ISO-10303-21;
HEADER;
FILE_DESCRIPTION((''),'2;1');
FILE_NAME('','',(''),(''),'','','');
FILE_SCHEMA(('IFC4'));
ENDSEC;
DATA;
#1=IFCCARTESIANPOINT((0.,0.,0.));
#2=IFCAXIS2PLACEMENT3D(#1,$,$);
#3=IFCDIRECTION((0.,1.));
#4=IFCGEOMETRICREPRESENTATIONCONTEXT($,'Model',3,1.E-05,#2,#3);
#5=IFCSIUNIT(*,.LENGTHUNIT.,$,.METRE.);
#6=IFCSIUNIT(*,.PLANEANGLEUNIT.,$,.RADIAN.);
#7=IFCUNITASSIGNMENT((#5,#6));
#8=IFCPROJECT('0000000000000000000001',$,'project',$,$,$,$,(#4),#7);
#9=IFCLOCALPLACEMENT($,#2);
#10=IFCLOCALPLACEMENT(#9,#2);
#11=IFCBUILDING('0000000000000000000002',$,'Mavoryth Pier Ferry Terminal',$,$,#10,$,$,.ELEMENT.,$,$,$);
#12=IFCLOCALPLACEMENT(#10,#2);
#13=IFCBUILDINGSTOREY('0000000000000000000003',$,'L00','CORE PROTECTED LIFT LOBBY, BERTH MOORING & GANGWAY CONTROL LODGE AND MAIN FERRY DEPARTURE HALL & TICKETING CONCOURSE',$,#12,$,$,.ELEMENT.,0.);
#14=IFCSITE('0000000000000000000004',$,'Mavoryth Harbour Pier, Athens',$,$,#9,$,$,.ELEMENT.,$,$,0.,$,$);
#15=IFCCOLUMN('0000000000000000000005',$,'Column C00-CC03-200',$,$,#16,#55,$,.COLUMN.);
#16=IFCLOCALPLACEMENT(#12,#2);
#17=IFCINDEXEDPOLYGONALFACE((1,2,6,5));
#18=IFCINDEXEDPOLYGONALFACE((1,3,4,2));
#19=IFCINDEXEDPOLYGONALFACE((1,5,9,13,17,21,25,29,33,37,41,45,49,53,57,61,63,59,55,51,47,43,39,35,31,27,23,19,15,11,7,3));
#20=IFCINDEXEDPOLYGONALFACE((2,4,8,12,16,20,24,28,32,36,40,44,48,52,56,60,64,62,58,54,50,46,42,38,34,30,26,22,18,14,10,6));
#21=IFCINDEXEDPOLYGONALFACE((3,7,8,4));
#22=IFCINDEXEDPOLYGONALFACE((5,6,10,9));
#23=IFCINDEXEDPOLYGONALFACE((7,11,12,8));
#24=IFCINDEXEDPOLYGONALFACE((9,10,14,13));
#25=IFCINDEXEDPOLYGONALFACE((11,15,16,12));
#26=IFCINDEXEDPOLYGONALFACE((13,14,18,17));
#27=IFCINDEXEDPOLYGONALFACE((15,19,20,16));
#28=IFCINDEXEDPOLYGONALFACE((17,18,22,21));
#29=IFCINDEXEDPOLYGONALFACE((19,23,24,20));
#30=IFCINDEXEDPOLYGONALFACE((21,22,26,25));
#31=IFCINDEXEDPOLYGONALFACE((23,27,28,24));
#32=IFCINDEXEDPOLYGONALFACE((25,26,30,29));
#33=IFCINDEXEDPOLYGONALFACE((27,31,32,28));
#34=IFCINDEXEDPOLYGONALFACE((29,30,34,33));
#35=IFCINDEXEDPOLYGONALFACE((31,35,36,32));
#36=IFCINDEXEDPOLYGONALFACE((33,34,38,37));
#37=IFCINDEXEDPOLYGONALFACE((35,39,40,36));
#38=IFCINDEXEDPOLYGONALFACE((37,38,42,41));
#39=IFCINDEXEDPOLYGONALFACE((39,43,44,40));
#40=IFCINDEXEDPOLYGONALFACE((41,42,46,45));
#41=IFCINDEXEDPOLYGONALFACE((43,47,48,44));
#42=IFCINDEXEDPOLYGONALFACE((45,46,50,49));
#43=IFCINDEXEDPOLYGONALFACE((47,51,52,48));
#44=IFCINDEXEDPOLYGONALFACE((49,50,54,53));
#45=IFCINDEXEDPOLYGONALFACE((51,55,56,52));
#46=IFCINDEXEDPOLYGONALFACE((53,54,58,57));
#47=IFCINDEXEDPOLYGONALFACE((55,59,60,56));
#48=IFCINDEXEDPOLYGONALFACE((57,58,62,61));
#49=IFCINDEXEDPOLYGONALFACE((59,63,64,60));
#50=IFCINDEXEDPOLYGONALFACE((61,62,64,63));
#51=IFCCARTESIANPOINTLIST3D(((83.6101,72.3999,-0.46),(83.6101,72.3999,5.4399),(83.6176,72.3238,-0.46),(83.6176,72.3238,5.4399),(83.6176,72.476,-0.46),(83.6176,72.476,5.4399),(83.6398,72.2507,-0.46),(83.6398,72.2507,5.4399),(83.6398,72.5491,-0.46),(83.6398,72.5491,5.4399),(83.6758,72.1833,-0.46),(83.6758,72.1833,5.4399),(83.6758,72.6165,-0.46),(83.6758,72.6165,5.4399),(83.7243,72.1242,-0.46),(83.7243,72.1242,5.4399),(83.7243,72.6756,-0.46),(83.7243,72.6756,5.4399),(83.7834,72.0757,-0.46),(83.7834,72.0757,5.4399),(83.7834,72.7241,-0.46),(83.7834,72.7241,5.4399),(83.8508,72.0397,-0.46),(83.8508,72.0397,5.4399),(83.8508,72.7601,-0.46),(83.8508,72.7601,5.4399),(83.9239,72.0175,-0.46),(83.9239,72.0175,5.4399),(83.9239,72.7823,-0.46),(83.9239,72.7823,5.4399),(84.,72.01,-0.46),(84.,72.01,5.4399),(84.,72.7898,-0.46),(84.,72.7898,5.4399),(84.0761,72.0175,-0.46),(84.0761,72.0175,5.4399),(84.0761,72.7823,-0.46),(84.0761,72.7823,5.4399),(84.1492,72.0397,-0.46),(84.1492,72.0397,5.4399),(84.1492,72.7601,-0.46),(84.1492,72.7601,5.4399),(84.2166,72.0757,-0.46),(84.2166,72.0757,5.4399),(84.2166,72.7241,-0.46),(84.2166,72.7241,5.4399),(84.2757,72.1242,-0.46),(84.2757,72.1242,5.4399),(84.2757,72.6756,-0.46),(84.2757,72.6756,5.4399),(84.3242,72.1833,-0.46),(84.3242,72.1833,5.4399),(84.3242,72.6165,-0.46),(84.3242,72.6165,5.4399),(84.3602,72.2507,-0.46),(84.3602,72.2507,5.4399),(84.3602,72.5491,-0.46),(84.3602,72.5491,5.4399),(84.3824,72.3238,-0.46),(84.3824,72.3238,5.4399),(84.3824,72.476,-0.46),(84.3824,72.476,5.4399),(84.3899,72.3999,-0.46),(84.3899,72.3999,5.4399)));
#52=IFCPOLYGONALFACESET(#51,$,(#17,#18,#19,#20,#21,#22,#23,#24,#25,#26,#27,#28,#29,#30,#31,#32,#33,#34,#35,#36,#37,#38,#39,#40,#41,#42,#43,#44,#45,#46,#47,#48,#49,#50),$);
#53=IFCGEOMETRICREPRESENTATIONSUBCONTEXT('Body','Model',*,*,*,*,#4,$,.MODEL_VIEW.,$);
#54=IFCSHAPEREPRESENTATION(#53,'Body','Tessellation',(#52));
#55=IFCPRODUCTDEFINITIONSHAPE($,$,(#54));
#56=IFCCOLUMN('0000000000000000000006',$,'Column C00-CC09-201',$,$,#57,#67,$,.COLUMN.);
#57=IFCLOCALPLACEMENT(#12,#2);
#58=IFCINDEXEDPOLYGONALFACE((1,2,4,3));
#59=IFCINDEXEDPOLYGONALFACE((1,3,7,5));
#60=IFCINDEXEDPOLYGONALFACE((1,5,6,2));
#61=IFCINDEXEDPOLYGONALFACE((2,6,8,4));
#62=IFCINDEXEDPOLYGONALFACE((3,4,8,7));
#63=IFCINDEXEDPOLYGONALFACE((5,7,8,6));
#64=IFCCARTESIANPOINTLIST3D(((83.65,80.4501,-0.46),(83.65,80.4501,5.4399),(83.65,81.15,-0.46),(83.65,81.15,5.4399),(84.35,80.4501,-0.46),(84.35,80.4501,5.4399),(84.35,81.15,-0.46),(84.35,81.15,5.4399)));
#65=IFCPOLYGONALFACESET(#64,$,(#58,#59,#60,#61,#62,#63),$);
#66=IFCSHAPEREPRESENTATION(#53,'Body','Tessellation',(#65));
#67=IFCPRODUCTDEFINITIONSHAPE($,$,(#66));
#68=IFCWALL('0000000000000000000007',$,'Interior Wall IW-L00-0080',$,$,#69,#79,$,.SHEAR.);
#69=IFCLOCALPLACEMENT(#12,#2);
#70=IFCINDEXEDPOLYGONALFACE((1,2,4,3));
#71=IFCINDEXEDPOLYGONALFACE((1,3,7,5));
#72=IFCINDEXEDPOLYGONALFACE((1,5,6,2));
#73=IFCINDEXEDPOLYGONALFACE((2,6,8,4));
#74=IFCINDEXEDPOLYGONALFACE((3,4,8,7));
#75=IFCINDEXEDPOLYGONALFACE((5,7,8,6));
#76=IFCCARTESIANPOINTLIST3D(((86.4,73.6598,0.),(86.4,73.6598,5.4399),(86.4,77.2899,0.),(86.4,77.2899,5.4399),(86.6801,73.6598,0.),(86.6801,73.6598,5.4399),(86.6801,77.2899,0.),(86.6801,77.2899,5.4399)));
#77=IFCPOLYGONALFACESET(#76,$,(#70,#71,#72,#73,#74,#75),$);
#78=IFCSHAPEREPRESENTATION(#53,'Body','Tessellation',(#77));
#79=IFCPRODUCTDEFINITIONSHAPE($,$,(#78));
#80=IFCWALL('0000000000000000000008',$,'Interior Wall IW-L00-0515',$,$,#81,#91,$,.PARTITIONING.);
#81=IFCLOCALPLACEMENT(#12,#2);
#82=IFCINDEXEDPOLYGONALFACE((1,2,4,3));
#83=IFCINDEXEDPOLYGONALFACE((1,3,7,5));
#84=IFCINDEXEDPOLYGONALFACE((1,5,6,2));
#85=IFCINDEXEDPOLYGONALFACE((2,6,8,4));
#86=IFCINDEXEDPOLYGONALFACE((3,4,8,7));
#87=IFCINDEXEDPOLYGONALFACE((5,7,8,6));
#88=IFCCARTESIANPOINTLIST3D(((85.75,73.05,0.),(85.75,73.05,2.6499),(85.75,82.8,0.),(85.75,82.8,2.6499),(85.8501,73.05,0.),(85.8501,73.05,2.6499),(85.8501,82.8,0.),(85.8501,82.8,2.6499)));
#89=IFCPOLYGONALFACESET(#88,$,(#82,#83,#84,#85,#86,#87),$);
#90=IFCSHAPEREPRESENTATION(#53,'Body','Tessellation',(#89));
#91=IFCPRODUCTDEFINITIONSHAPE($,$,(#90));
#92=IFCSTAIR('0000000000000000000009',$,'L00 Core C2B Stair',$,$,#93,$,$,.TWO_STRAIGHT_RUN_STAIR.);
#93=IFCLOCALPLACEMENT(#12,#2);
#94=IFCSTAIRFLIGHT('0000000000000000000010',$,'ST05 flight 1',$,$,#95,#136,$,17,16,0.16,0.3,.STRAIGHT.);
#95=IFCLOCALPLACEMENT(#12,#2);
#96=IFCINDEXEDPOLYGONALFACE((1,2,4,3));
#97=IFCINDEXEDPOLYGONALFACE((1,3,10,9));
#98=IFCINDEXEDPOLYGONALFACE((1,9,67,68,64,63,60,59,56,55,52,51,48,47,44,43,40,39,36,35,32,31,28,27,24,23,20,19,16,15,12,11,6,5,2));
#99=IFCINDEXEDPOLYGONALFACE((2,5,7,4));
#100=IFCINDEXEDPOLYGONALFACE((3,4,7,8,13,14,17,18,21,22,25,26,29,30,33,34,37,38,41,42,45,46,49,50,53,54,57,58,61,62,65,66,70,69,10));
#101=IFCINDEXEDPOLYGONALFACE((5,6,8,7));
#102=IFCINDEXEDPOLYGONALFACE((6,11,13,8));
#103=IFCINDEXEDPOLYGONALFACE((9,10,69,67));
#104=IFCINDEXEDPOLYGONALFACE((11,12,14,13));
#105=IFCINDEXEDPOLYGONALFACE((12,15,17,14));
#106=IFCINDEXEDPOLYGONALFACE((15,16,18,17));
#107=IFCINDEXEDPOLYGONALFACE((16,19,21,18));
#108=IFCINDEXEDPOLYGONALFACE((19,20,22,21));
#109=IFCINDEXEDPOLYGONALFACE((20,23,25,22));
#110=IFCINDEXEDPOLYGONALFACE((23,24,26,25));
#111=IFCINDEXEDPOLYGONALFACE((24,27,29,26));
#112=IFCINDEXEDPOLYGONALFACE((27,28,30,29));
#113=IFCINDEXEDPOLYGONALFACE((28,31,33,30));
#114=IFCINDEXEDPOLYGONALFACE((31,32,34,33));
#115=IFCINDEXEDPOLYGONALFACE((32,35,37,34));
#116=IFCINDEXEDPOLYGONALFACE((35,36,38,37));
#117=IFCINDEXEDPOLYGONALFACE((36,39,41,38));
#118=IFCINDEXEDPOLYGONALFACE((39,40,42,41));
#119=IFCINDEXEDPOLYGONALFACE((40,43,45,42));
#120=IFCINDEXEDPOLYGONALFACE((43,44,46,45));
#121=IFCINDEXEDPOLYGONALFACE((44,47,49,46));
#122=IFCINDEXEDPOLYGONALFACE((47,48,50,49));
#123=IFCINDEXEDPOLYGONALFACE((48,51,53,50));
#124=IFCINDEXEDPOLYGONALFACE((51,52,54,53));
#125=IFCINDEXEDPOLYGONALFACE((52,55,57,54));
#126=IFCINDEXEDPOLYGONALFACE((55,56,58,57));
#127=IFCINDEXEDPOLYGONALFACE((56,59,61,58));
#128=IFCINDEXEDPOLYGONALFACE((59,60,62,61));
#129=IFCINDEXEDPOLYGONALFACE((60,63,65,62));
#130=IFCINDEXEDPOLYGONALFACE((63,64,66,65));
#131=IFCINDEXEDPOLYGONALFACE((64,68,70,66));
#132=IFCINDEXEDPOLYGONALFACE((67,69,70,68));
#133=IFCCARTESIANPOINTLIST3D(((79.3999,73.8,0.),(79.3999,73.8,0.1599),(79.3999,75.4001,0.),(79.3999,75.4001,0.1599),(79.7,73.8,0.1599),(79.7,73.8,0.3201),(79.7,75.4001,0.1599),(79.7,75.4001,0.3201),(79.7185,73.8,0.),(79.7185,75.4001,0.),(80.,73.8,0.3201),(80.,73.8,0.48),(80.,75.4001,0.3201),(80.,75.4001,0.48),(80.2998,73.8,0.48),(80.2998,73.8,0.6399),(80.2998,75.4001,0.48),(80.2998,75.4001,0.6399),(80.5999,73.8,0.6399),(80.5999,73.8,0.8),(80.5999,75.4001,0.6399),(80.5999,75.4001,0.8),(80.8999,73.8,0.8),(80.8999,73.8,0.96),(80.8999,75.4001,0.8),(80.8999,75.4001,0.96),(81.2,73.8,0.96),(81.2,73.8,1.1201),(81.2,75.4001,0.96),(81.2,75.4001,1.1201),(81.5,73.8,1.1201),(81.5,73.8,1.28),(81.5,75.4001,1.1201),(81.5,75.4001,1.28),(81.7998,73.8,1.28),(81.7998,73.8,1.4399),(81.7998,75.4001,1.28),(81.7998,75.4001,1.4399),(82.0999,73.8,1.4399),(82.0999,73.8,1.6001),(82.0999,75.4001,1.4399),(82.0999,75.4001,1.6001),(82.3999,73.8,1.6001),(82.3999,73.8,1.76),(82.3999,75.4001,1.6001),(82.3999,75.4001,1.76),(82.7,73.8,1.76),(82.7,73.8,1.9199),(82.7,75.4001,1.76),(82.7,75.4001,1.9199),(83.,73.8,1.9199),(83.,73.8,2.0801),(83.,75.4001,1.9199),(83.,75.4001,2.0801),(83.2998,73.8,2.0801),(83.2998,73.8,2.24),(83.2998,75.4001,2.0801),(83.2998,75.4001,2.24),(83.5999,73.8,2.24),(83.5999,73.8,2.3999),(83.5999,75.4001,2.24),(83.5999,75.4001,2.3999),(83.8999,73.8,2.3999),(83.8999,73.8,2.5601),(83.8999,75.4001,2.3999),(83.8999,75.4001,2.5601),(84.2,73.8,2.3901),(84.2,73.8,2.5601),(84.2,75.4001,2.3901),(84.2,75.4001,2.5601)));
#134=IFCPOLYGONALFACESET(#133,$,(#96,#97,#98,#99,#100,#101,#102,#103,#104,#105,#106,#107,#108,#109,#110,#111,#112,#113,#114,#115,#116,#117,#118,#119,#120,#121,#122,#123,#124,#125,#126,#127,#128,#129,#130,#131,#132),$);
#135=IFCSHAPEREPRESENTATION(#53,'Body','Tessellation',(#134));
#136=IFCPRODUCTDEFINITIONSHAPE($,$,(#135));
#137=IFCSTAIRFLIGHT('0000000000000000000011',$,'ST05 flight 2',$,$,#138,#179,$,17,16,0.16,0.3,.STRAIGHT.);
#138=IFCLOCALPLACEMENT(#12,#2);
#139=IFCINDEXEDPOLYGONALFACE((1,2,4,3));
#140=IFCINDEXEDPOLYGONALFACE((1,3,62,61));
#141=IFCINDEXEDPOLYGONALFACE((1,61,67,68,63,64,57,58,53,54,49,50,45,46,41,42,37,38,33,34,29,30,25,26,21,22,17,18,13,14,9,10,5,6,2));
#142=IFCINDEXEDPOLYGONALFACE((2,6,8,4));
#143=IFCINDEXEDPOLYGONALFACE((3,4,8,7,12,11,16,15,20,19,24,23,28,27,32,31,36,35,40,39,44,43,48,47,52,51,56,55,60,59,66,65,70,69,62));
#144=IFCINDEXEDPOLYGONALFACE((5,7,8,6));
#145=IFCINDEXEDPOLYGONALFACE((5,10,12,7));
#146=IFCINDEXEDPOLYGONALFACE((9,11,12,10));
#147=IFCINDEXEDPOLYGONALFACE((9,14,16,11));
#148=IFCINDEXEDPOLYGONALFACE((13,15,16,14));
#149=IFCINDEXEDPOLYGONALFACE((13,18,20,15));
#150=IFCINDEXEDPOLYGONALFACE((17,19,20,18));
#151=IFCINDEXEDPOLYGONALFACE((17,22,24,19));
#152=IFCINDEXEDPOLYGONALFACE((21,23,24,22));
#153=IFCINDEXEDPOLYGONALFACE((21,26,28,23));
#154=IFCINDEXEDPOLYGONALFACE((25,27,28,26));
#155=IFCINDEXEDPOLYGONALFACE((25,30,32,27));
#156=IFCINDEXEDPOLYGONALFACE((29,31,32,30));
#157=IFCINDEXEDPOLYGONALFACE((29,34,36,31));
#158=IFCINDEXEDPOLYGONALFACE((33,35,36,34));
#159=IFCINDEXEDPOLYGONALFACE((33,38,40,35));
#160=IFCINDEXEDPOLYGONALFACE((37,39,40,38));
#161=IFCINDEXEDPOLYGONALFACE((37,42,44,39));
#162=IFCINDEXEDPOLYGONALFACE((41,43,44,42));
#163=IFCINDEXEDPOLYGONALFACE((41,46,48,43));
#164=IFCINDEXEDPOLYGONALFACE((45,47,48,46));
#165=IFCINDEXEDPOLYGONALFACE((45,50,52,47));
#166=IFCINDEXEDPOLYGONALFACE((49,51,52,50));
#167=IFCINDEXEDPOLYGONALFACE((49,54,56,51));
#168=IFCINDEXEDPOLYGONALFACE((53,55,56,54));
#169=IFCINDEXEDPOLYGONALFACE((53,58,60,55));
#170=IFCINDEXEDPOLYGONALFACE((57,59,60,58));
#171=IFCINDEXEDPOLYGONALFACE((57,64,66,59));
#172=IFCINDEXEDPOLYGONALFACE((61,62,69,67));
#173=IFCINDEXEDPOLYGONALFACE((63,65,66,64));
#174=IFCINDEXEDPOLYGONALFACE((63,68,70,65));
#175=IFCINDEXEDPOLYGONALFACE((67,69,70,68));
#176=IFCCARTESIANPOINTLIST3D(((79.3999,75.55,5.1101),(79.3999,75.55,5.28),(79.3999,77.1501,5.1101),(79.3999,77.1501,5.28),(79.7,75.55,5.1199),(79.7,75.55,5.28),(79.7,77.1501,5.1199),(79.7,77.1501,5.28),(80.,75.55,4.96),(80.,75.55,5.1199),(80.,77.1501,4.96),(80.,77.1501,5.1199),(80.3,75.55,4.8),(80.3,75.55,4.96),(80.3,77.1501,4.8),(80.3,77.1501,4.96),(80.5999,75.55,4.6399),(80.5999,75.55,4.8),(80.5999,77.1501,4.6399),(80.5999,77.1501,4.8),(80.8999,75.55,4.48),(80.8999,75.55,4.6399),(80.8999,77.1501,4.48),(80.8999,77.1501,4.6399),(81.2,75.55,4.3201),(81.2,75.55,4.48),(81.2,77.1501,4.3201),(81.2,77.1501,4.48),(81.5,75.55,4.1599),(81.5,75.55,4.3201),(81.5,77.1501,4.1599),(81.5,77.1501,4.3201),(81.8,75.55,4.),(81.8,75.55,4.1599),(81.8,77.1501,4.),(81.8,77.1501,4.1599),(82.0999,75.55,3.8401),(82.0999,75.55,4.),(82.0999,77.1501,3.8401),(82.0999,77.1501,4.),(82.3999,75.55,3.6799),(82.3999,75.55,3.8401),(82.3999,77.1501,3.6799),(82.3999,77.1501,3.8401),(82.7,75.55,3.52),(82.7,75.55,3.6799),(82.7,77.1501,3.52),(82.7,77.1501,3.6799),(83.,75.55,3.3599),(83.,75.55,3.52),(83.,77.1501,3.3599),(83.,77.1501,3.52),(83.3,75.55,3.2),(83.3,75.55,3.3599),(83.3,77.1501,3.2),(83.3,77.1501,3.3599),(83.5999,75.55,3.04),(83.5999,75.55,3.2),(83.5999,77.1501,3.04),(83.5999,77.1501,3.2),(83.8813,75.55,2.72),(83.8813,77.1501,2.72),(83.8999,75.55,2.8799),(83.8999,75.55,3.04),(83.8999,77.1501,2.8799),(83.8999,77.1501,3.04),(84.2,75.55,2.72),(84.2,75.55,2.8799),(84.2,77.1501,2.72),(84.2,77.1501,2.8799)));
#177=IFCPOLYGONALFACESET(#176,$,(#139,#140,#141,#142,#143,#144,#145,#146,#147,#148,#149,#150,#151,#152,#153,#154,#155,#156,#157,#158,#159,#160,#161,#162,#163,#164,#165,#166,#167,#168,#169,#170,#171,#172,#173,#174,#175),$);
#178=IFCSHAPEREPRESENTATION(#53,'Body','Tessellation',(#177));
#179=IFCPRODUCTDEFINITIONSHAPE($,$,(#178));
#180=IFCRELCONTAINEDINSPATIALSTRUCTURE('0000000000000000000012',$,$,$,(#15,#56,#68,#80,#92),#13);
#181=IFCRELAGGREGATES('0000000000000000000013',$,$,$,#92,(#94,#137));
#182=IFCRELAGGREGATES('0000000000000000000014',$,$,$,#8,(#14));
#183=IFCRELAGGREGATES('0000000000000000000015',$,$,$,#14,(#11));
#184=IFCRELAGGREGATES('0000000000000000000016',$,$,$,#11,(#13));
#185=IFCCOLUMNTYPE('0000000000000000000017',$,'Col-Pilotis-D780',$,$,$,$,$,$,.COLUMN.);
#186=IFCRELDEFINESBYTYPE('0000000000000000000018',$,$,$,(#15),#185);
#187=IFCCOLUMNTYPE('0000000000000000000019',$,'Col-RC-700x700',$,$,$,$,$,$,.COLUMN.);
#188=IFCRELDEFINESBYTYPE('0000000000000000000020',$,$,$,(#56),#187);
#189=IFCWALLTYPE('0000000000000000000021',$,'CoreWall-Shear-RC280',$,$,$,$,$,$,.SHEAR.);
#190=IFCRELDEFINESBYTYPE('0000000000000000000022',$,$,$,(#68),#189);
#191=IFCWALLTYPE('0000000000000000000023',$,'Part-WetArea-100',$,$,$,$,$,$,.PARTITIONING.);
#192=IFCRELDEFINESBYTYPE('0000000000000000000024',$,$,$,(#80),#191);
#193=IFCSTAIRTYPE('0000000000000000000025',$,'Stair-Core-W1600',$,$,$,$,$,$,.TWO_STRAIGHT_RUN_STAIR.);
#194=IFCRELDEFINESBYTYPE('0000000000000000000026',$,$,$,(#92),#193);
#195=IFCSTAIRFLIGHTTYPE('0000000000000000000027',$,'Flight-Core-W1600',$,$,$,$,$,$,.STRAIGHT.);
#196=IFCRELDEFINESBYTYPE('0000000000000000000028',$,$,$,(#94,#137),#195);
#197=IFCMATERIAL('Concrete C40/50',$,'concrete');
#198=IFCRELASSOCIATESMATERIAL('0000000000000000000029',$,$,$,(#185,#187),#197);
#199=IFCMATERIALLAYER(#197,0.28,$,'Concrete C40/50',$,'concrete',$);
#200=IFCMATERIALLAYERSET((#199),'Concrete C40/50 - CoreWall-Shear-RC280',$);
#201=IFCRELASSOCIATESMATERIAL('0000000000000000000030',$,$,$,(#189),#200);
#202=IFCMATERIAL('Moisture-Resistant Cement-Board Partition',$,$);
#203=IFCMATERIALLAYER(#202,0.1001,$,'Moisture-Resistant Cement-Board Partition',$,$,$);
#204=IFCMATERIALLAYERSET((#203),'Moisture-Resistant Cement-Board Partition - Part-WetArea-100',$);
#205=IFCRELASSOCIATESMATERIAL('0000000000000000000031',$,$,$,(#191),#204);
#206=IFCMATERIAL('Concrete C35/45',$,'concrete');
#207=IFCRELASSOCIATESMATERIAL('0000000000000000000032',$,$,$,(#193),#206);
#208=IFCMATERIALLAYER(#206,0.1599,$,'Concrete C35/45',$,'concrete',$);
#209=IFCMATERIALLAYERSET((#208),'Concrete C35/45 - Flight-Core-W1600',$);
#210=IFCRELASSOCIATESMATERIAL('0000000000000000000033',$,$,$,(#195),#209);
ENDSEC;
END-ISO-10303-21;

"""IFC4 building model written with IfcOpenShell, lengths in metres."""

from ifc_helpers import new_model, si_unit, direction, frame, frame_2d, origin, origin_2d, place, context, subcontext, project, spatial, polyline, rectangle, circle, outline, extrude, material, layer, layer_set, material_profile, profile_set, type_object, element, aggregate, save


model = new_model("IFC4")

# Units and contexts
model_context = context("Model", 3, precision=1e-05, world=origin(), true_north=direction((0.0, 1.0)))
body_context = subcontext(model_context, "Body", "Model", "MODEL_VIEW")
ifc_project = project(units=[si_unit("LENGTHUNIT", "METRE"), si_unit("PLANEANGLEUNIT", "RADIAN")], contexts=[model_context])

# Site, building, storey
site_placement = place(None, origin())
site = spatial("IfcSite", under=ifc_project, at=site_placement, Name="Mavoryth Harbour Pier, Athens", CompositionType="ELEMENT", RefElevation=0.0)
building_placement = place(site_placement, origin())
building = spatial("IfcBuilding", under=site, at=building_placement, Name="Mavoryth Pier Ferry Terminal", CompositionType="ELEMENT")
storey_placement = place(building_placement, origin())
storey = spatial("IfcBuildingStorey", under=building, at=storey_placement, Name="L00", Description="CORE PROTECTED LIFT LOBBY, BERTH MOORING & GANGWAY CONTROL LODGE AND MAIN FERRY DEPARTURE HALL & TICKETING CONCOURSE", CompositionType="ELEMENT", Elevation=0.0)

# Shared definitions
ifc_material_1 = material(Name="Concrete C35/45", Category="concrete")

# Columns
ifc_material_2 = material(Name="Concrete C40/50", Category="concrete")
ifc_material_profile_1 = material_profile(ifc_material_2, circle(Radius=0.3899, at=origin_2d()), Name="RC D780", Category="concrete")
ifc_profile_set_1 = profile_set([ifc_material_profile_1], Name="Concrete C40/50 - RC D780")
column_type_1 = type_object("IfcColumnType", Name="Col-Pilotis-D780", PredefinedType="COLUMN", material=ifc_profile_set_1)
column_1_placement = place(storey_placement, frame((84.0, 72.3999, -0.46), z_axis=(0.0, 0.0, 1.0), x_axis=(1.0, 0.0, 0.0)))
element("IfcColumn", 1, at=column_1_placement, inside=storey, type_object=column_type_1, Name="Column C00-CC03-200", PredefinedType="COLUMN", context=body_context, shape_type="SweptSolid", body=[
    extrude(circle(Radius=0.3899, at=origin_2d()), origin(), (0.0, 0.0, 1.0), 5.8999),
])
ifc_material_profile_2 = material_profile(ifc_material_2, rectangle(XDim=0.7, YDim=0.7, at=origin_2d()), Name="RC 700x700", Category="concrete")
ifc_profile_set_2 = profile_set([ifc_material_profile_2], Name="Concrete C40/50 - RC 700x700")
column_type_2 = type_object("IfcColumnType", Name="Col-RC-700x700", PredefinedType="COLUMN", material=ifc_profile_set_2)
column_2_placement = place(storey_placement, frame((84.0, 80.8, -0.46), z_axis=(0.0, 0.0, 1.0), x_axis=(1.0, 0.0, 0.0)))
element("IfcColumn", 2, at=column_2_placement, inside=storey, type_object=column_type_2, Name="Column C00-CC09-201", PredefinedType="COLUMN", context=body_context, shape_type="SweptSolid", body=[
    extrude(rectangle(XDim=0.7, YDim=0.7, at=origin_2d()), origin(), (0.0, 0.0, 1.0), 5.8999),
])

# Wall
ifc_layer_1 = layer(ifc_material_2, 0.28, Name="Concrete C40/50", Category="concrete")
ifc_layer_set_1 = layer_set([ifc_layer_1], Name="Concrete C40/50 - CoreWall-Shear-RC280")
wall_type_1 = type_object("IfcWallType", Name="CoreWall-Shear-RC280", PredefinedType="SHEAR", material=ifc_layer_set_1)
wall_1_placement = place(storey_placement, frame((86.54, 73.6599, 0.0), z_axis=(0.0, 0.0, 1.0), x_axis=(0.0, 1.0, 0.0)))
element("IfcWall", 3, at=wall_1_placement, inside=storey, type_object=wall_type_1, Name="Interior Wall IW-L00-0080", PredefinedType="SHEAR", context=body_context, shape_type="SweptSolid", body=[
    extrude(rectangle(XDim=3.6301, YDim=0.28, at=frame_2d((1.8149, 0.0))), origin(), (0.0, 0.0, 1.0), 5.4399),
])

# Wall
ifc_material_3 = material(Name="Moisture-Resistant Cement-Board Partition")
ifc_layer_2 = layer(ifc_material_3, 0.1001, Name="Moisture-Resistant Cement-Board Partition")
ifc_layer_set_2 = layer_set([ifc_layer_2], Name="Moisture-Resistant Cement-Board Partition - Part-WetArea-100")
wall_type_2 = type_object("IfcWallType", Name="Part-WetArea-100", PredefinedType="PARTITIONING", material=ifc_layer_set_2)
wall_2_placement = place(storey_placement, frame((85.8, 73.05, 0.0), z_axis=(0.0, 0.0, 1.0), x_axis=(0.0, 1.0, 0.0)))
element("IfcWall", 4, at=wall_2_placement, inside=storey, type_object=wall_type_2, Name="Interior Wall IW-L00-0515", PredefinedType="PARTITIONING", context=body_context, shape_type="SweptSolid", body=[
    extrude(rectangle(XDim=9.75, YDim=0.1001, at=frame_2d((4.875, 0.0))), origin(), (0.0, 0.0, 1.0), 2.6499),
])

# Stair, stair flights
stair_type = type_object("IfcStairType", Name="Stair-Core-W1600", PredefinedType="TWO_STRAIGHT_RUN_STAIR", material=ifc_material_1)
stair_placement = place(storey_placement, origin())
stair = element("IfcStair", 5, at=stair_placement, inside=storey, type_object=stair_type, Name="L00 Core C2B Stair", PredefinedType="TWO_STRAIGHT_RUN_STAIR")
ifc_layer_3 = layer(ifc_material_1, 0.1599, Name="Concrete C35/45", Category="concrete")
ifc_layer_set_3 = layer_set([ifc_layer_3], Name="Concrete C35/45 - Flight-Core-W1600")
stair_flight_type = type_object("IfcStairFlightType", Name="Flight-Core-W1600", PredefinedType="STRAIGHT", material=ifc_layer_set_3)
stair_flight_1_placement = place(storey_placement, frame((79.3999, 74.6001, 0.0), z_axis=(0.0, 0.0, 1.0), x_axis=(1.0, 0.0, 0.0)))
stair_flight_1 = element("IfcStairFlight", 6, at=stair_flight_1_placement, type_object=stair_flight_type, Name="ST05 flight 1", NumberOfRisers=17, NumberOfTreads=16, PredefinedType="STRAIGHT", RiserHeight=0.16, TreadLength=0.3, context=body_context, shape_type="SweptSolid", body=[
    extrude(outline(polyline([(0.0, 0.0), (0.0, 0.1599), (0.3, 0.1599), (0.3, 0.3201), (0.6001, 0.3201), (0.6001, 0.48), (0.8999, 0.48), (0.8999, 0.6399), (1.2, 0.6399), (1.2, 0.8), (1.5, 0.8), (1.5, 0.96), (1.8, 0.96), (1.8, 1.1201), (2.1001, 1.1201), (2.1001, 1.28), (2.3999, 1.28), (2.3999, 1.4399), (2.7, 1.4399), (2.7, 1.6001), (3.0, 1.6001), (3.0, 1.76), (3.3, 1.76), (3.3, 1.9199), (3.6001, 1.9199), (3.6001, 2.0801), (3.8999, 2.0801), (3.8999, 2.24), (4.2, 2.24), (4.2, 2.3999), (4.5, 2.3999), (4.5, 2.5601), (4.8, 2.5601), (4.8, 2.72), (4.8, 2.3901), (0.3186, 0.0), (0.0, 0.0)])), frame((0.0, 0.8, 0.0), z_axis=(0.0, -1.0, 0.0), x_axis=(1.0, 0.0, 0.0)), (0.0, 0.0, 1.0), 1.6001),
])
stair_flight_2_placement = place(storey_placement, frame((84.2, 76.3501, 2.72), z_axis=(0.0, 0.0, 1.0), x_axis=(-1.0, 0.0, 0.0)))
stair_flight_2 = element("IfcStairFlight", 7, at=stair_flight_2_placement, type_object=stair_flight_type, Name="ST05 flight 2", NumberOfRisers=17, NumberOfTreads=16, PredefinedType="STRAIGHT", RiserHeight=0.16, TreadLength=0.3, context=body_context, shape_type="SweptSolid", body=[
    extrude(outline(polyline([(0.0, 0.0), (0.0, 0.1599), (0.3, 0.1599), (0.3, 0.3201), (0.6001, 0.3201), (0.6001, 0.48), (0.8999, 0.48), (0.8999, 0.6399), (1.2, 0.6399), (1.2, 0.8), (1.5, 0.8), (1.5, 0.96), (1.8, 0.96), (1.8, 1.1201), (2.1001, 1.1201), (2.1001, 1.28), (2.3999, 1.28), (2.3999, 1.4399), (2.7, 1.4399), (2.7, 1.6001), (3.0, 1.6001), (3.0, 1.76), (3.3, 1.76), (3.3, 1.9199), (3.6001, 1.9199), (3.6001, 2.0801), (3.8999, 2.0801), (3.8999, 2.24), (4.2, 2.24), (4.2, 2.3999), (4.5, 2.3999), (4.5, 2.5601), (4.8, 2.5601), (4.8, 2.72), (4.8, 2.3901), (0.3186, 0.0), (0.0, 0.0)])), frame((0.0, 0.8, 0.0), z_axis=(0.0, -1.0, 0.0), x_axis=(1.0, 0.0, 0.0)), (0.0, 0.0, 1.0), 1.6001),
])
aggregate(stair, [stair_flight_1, stair_flight_2])

save(model, "model.ifc")
